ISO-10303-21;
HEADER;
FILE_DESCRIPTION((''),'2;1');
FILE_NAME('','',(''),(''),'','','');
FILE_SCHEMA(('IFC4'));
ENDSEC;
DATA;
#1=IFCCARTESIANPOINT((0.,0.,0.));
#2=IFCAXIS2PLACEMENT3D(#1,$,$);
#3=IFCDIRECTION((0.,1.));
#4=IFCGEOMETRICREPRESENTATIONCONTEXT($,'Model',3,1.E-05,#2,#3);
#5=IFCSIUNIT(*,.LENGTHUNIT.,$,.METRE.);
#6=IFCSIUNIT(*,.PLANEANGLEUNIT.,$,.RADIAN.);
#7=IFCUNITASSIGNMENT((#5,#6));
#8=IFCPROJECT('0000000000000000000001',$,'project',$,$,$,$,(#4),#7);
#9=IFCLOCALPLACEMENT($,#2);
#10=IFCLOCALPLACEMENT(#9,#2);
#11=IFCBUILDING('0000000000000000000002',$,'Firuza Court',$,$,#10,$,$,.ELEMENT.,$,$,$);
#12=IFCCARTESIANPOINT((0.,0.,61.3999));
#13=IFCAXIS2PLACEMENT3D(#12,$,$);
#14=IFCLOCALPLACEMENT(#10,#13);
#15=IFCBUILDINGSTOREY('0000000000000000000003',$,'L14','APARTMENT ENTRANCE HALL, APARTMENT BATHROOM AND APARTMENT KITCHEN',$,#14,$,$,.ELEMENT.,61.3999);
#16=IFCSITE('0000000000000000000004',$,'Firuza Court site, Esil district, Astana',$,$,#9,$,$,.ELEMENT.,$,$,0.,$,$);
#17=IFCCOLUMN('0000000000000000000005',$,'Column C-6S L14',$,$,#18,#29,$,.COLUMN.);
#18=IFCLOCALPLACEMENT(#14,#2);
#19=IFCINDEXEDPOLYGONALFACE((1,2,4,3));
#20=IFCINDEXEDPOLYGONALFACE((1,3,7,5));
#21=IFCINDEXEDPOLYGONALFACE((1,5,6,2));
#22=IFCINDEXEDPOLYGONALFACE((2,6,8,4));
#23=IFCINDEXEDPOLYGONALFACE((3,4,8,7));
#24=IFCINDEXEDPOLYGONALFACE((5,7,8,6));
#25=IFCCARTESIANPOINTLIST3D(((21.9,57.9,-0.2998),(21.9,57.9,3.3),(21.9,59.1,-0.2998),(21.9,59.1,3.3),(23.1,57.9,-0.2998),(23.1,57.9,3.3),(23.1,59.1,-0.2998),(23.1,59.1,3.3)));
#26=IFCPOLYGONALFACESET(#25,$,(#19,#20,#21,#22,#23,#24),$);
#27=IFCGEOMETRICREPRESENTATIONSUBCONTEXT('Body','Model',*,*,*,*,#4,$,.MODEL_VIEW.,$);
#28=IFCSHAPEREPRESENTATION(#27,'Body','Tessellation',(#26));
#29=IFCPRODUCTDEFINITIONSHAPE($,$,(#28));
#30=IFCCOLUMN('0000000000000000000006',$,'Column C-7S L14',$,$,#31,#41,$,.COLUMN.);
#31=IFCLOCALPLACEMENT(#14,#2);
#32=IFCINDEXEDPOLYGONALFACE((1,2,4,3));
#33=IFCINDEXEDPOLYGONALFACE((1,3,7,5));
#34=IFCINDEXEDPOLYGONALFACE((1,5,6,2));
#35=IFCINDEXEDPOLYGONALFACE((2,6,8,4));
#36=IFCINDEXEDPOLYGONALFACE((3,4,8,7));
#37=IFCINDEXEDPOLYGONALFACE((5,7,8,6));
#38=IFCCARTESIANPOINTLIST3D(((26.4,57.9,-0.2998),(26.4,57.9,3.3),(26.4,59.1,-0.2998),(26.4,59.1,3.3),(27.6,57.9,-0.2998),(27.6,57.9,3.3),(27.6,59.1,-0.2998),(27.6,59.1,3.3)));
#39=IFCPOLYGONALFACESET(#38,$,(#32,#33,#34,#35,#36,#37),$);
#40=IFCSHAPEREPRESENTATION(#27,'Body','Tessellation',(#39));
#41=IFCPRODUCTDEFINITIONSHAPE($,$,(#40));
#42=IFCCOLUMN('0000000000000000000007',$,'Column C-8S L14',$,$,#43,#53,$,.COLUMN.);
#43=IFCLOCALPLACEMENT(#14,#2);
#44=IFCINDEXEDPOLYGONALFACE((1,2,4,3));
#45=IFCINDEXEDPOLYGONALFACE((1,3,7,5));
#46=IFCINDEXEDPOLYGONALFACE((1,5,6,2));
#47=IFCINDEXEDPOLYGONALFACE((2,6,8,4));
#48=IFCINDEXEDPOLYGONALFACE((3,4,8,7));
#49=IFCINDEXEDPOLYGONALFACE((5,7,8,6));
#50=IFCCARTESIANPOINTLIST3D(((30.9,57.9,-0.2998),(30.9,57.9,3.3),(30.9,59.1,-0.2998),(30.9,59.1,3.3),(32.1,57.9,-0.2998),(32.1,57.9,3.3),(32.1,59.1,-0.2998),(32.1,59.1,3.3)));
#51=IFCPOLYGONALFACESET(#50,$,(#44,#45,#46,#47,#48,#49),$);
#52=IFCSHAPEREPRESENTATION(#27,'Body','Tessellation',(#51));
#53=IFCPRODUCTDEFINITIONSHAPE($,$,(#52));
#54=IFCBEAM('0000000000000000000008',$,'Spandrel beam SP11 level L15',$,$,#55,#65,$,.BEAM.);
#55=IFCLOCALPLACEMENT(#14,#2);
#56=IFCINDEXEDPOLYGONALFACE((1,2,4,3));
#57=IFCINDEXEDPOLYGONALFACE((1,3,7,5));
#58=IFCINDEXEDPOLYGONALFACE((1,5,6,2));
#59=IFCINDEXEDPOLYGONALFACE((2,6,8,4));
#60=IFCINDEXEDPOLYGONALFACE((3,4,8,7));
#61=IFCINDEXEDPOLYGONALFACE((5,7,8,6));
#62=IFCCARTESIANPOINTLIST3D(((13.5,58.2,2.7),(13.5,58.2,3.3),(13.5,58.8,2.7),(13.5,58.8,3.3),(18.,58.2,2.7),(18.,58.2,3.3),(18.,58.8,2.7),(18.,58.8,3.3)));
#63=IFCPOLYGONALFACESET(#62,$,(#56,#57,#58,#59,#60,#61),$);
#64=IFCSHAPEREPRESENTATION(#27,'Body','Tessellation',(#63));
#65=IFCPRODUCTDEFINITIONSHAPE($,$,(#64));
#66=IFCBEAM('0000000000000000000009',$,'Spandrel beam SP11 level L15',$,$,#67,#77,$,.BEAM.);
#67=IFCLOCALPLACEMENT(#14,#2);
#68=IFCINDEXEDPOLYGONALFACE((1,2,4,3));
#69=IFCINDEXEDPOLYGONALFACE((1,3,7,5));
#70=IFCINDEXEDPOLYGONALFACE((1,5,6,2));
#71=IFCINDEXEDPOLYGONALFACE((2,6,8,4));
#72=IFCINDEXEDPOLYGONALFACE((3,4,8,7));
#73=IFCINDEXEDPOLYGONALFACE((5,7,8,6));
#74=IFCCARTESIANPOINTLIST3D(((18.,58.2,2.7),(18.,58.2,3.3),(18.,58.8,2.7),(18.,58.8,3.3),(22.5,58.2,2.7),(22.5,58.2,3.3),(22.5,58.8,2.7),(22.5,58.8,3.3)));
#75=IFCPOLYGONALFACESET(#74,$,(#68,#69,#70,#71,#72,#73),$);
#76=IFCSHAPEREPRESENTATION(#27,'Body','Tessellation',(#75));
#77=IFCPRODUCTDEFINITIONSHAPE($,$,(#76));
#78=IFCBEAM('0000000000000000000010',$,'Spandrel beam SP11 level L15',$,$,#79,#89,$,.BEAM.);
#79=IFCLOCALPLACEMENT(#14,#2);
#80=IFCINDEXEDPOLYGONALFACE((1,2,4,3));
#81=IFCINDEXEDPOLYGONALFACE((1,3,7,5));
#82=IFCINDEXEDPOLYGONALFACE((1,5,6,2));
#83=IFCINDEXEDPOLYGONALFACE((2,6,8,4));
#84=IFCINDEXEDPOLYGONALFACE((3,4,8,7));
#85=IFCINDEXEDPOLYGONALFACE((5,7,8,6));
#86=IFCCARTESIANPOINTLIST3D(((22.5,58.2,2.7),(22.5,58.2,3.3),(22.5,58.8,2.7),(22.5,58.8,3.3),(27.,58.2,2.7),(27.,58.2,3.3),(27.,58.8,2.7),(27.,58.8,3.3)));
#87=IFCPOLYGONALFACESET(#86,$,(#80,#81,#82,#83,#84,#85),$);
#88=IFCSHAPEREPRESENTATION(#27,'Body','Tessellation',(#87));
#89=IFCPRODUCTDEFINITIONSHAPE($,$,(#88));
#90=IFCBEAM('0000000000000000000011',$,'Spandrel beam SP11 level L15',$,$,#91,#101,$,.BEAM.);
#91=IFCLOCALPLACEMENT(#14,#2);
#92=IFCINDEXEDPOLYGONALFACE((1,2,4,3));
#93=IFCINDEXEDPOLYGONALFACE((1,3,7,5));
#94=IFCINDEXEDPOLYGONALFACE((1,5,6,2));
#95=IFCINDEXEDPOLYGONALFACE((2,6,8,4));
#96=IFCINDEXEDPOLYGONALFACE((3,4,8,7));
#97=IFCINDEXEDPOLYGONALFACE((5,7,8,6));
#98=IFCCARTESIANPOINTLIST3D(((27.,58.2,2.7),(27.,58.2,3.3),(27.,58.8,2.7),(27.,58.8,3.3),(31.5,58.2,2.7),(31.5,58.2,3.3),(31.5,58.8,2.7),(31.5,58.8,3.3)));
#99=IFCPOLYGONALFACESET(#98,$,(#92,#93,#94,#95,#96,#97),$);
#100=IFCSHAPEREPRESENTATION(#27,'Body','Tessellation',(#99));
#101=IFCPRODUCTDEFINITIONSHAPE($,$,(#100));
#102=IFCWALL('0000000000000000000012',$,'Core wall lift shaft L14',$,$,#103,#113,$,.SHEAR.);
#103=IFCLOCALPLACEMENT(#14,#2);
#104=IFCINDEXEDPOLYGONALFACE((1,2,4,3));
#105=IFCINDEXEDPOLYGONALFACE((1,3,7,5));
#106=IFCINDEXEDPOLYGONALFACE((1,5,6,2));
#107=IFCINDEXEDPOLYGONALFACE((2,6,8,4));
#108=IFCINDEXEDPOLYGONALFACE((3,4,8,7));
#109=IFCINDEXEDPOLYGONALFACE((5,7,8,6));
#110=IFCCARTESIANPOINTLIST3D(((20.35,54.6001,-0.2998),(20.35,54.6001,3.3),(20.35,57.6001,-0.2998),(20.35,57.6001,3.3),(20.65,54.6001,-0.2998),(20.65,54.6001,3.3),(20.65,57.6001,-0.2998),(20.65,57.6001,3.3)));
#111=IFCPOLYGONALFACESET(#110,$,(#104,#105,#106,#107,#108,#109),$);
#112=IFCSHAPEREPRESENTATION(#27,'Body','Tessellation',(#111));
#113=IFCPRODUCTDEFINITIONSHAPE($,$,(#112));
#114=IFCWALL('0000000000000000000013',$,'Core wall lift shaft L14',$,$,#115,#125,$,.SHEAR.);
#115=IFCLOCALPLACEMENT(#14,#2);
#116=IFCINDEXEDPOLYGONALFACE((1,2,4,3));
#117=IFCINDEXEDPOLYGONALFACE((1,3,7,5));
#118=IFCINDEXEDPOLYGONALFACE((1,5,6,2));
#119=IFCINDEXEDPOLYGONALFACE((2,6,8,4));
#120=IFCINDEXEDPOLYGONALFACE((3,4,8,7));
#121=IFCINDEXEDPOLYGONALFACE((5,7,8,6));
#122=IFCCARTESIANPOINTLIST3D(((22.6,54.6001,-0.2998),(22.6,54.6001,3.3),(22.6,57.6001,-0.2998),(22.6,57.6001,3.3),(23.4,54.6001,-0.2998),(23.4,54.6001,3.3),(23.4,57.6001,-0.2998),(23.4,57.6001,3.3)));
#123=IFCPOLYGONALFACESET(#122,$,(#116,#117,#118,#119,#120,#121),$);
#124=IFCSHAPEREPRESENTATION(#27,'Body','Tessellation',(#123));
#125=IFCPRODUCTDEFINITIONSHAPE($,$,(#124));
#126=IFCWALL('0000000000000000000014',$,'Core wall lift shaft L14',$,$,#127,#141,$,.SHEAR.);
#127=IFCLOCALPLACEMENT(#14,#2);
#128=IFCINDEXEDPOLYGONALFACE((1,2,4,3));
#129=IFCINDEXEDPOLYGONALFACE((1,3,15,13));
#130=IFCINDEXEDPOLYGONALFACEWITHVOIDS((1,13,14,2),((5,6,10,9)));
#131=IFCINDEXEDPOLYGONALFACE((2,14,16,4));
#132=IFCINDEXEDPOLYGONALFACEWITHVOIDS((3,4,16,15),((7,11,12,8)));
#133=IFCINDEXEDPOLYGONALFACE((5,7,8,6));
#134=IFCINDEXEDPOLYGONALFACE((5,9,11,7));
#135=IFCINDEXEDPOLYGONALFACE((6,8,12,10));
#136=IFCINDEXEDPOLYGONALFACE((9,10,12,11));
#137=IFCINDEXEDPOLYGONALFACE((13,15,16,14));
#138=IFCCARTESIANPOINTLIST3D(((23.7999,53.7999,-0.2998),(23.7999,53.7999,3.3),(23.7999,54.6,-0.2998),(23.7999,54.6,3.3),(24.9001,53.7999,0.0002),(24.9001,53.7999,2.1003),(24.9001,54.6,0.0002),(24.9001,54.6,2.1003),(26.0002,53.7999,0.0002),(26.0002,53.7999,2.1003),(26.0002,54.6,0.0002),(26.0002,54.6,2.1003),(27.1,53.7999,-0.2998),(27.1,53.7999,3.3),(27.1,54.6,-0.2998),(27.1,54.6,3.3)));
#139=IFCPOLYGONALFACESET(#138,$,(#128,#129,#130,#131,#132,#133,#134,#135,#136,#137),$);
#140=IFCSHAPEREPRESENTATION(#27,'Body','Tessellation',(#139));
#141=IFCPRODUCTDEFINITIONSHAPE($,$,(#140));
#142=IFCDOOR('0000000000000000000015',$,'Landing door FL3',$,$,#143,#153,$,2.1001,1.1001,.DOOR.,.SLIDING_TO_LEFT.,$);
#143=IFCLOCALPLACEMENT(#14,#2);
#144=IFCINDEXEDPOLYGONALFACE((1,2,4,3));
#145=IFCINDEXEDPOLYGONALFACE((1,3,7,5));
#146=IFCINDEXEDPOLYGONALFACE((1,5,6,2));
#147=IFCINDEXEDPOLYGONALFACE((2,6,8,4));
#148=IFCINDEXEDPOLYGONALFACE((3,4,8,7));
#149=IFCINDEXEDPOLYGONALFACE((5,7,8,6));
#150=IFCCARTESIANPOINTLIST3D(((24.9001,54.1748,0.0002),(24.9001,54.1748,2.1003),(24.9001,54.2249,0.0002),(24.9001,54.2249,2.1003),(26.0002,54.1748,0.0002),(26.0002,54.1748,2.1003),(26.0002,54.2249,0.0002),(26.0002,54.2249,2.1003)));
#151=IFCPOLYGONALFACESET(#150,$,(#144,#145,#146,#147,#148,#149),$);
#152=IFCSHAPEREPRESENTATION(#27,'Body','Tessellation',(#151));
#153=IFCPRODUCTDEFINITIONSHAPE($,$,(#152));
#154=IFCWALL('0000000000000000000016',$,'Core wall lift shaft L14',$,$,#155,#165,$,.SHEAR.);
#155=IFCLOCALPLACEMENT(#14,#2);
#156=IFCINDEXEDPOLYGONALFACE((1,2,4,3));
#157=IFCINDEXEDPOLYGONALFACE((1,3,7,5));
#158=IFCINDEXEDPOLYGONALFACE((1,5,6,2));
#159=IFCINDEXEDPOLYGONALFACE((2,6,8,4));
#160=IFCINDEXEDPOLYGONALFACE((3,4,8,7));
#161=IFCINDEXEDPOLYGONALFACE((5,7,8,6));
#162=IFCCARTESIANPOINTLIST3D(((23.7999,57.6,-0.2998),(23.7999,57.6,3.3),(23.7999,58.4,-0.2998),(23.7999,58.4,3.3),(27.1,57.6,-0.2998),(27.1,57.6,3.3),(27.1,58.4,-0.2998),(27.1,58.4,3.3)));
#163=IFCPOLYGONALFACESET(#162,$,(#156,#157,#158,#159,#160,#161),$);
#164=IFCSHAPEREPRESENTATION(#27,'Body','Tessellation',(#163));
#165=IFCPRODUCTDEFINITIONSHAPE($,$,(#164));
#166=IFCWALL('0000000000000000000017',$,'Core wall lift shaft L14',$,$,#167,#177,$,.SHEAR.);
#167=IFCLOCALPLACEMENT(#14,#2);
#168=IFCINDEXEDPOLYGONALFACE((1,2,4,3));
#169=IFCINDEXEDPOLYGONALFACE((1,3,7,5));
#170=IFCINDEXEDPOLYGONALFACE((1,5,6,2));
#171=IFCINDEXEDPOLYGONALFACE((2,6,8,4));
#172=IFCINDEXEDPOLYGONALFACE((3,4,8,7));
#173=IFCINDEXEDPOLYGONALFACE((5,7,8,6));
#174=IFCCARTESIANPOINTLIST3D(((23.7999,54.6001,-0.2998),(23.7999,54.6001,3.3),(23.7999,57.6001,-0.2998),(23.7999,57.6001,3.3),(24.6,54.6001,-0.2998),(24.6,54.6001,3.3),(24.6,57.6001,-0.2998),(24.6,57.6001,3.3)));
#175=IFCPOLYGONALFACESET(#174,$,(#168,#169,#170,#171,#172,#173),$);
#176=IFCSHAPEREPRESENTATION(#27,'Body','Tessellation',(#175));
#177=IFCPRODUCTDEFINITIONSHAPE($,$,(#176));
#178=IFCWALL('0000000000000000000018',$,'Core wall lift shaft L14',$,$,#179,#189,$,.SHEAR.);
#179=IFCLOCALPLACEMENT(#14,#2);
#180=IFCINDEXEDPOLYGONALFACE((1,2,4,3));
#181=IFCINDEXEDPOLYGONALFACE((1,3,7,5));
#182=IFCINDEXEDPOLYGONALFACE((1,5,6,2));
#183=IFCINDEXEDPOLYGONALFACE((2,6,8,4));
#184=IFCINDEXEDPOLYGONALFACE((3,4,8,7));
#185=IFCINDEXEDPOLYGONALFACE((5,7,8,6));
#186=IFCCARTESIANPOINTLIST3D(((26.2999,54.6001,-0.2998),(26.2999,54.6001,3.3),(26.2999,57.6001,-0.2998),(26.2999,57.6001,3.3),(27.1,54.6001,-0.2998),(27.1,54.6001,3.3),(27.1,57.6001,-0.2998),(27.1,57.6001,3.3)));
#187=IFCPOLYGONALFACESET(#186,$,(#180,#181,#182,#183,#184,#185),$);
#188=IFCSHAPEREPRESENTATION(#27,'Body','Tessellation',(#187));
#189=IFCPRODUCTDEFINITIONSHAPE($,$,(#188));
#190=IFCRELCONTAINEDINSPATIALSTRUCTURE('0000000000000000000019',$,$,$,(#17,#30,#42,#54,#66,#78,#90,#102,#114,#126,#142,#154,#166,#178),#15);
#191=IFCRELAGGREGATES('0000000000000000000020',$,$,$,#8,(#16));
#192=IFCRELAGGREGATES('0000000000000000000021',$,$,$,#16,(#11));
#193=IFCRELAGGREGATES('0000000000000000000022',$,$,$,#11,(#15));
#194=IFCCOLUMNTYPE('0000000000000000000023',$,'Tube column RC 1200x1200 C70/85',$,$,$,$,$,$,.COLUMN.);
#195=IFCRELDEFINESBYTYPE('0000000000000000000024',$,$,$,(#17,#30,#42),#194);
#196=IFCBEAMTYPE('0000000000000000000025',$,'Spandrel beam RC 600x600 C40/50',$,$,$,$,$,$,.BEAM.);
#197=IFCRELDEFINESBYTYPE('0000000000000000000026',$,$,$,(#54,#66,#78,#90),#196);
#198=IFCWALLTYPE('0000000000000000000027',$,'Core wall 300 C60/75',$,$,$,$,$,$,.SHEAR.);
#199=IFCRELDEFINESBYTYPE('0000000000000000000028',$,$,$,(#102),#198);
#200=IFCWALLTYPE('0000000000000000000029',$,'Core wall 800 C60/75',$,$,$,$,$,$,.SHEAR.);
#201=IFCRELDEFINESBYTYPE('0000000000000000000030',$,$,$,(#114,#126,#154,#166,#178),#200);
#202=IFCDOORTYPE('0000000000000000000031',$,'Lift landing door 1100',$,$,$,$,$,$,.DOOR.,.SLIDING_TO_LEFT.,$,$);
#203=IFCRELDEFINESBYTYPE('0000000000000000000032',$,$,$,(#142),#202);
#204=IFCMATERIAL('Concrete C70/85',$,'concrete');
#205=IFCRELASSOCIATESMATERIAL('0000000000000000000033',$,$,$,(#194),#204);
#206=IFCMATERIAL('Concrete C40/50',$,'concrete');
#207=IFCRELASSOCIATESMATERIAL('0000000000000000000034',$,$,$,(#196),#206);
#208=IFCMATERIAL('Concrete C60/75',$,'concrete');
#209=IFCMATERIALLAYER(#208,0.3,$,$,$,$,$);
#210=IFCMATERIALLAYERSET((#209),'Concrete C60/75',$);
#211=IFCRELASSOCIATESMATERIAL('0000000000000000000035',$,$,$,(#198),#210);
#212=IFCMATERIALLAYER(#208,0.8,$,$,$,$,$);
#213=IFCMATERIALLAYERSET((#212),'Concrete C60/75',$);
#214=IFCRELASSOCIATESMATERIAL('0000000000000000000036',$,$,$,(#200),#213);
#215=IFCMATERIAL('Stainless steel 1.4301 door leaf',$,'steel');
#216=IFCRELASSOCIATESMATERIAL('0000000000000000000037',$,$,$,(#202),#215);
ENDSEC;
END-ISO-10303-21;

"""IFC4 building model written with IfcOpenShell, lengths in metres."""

from ifc_helpers import new_model, si_unit, direction, frame, frame_2d, origin, origin_2d, place, context, subcontext, project, spatial, rectangle, extrude, material, layer, layer_set, material_profile, profile_set, type_object, element, fill, save


model = new_model("IFC4")

# Units and contexts
model_context = context("Model", 3, precision=1e-05, world=origin(), true_north=direction((0.0, 1.0)))
body_context = subcontext(model_context, "Body", "Model", "MODEL_VIEW")
ifc_project = project(units=[si_unit("LENGTHUNIT", "METRE"), si_unit("PLANEANGLEUNIT", "RADIAN")], contexts=[model_context])

# Site, building, storey
site_placement = place(None, origin())
site = spatial("IfcSite", under=ifc_project, at=site_placement, Name="Firuza Court site, Esil district, Astana", CompositionType="ELEMENT", RefElevation=0.0)
building_placement = place(site_placement, origin())
building = spatial("IfcBuilding", under=site, at=building_placement, Name="Firuza Court", CompositionType="ELEMENT")
storey_placement = place(building_placement, frame((0.0, 0.0, 61.3999)))
storey = spatial("IfcBuildingStorey", under=building, at=storey_placement, Name="L14", Description="APARTMENT ENTRANCE HALL, APARTMENT BATHROOM AND APARTMENT KITCHEN", CompositionType="ELEMENT", Elevation=61.3999)

# Columns
ifc_material_1 = material(Name="Concrete C70/85", Category="concrete")
ifc_material_profile_1 = material_profile(ifc_material_1, rectangle(XDim=1.2, YDim=1.2, at=origin_2d()), Name="RC 1200x1200")
ifc_profile_set_1 = profile_set([ifc_material_profile_1], Name="Concrete C70/85")
column_type = type_object("IfcColumnType", Name="Tube column RC 1200x1200 C70/85", PredefinedType="COLUMN", material=ifc_profile_set_1)
for number, where, z_axis, x_axis, name in (
    (1, (22.5, 58.5, -0.2998), (0.0, 0.0, 1.0), (1.0, 0.0, 0.0), "Column C-6S L14"),
    (2, (27.0, 58.5, -0.2998), (0.0, 0.0, 1.0), (1.0, 0.0, 0.0), "Column C-7S L14"),
    (3, (31.5, 58.5, -0.2998), (0.0, 0.0, 1.0), (1.0, 0.0, 0.0), "Column C-8S L14"),
):
    element("IfcColumn", number, at=place(storey_placement, frame(where, z_axis=z_axis, x_axis=x_axis)), inside=storey, type_object=column_type, Name=name, PredefinedType="COLUMN", context=body_context, shape_type="SweptSolid", body=[
        extrude(rectangle(XDim=1.2, YDim=1.2, at=origin_2d()), origin(), (0.0, 0.0, 1.0), 3.5999),
    ])

# Beams
ifc_material_2 = material(Name="Concrete C40/50", Category="concrete")
ifc_material_profile_2 = material_profile(ifc_material_2, rectangle(XDim=0.6001, YDim=0.6001, at=origin_2d()), Name="RC 600x600")
ifc_profile_set_2 = profile_set([ifc_material_profile_2], Name="Concrete C40/50")
beam_type = type_object("IfcBeamType", Name="Spandrel beam RC 600x600 C40/50", PredefinedType="BEAM", material=ifc_profile_set_2)
for number, where, z_axis, x_axis, name in (
    (4, (18.0, 58.5, 3.0), (-1.0, 0.0, 0.0), (0.0, -1.0, 0.0), "Spandrel beam SP11 level L15"),
    (5, (22.5, 58.5, 3.0), (-1.0, 0.0, 0.0), (0.0, -1.0, 0.0), "Spandrel beam SP11 level L15"),
    (6, (27.0, 58.5, 3.0), (-1.0, 0.0, 0.0), (0.0, -1.0, 0.0), "Spandrel beam SP11 level L15"),
    (7, (31.5, 58.5, 3.0), (-1.0, 0.0, 0.0), (0.0, -1.0, 0.0), "Spandrel beam SP11 level L15"),
):
    element("IfcBeam", number, at=place(storey_placement, frame(where, z_axis=z_axis, x_axis=x_axis)), inside=storey, type_object=beam_type, Name=name, PredefinedType="BEAM", context=body_context, shape_type="SweptSolid", body=[
        extrude(rectangle(XDim=0.6001, YDim=0.6001, at=origin_2d()), origin(), (0.0, 0.0, 1.0), 4.5),
    ])

# Walls
ifc_material_3 = material(Name="Concrete C60/75", Category="concrete")
ifc_layer_1 = layer(ifc_material_3, 0.3)
ifc_layer_set_1 = layer_set([ifc_layer_1], Name="Concrete C60/75")
wall_type_1 = type_object("IfcWallType", Name="Core wall 300 C60/75", PredefinedType="SHEAR", material=ifc_layer_set_1)
wall_1_placement = place(storey_placement, frame((20.5, 54.6001, -0.2998), z_axis=(0.0, 0.0, 1.0), x_axis=(0.0, 1.0, 0.0)))
element("IfcWall", 8, at=wall_1_placement, inside=storey, type_object=wall_type_1, Name="Core wall lift shaft L14", PredefinedType="SHEAR", context=body_context, shape_type="SweptSolid", body=[
    extrude(rectangle(XDim=3.0, YDim=0.3, at=frame_2d((1.5, 0.0))), origin(), (0.0, 0.0, 1.0), 3.5999),
])
ifc_layer_2 = layer(ifc_material_3, 0.8)
ifc_layer_set_2 = layer_set([ifc_layer_2], Name="Concrete C60/75")
wall_type_2 = type_object("IfcWallType", Name="Core wall 800 C60/75", PredefinedType="SHEAR", material=ifc_layer_set_2)
wall_2_placement = place(storey_placement, frame((23.0, 54.6001, -0.2998), z_axis=(0.0, 0.0, 1.0), x_axis=(0.0, 1.0, 0.0)))
element("IfcWall", 9, at=wall_2_placement, inside=storey, type_object=wall_type_2, Name="Core wall lift shaft L14", PredefinedType="SHEAR", context=body_context, shape_type="SweptSolid", body=[
    extrude(rectangle(XDim=3.0, YDim=0.8, at=frame_2d((1.5, 0.0))), origin(), (0.0, 0.0, 1.0), 3.5999),
])

# Wall, opening, door
wall_3_placement = place(storey_placement, frame((23.8, 54.2, -0.2998), z_axis=(0.0, 0.0, 1.0), x_axis=(1.0, 0.0, 0.0)))
wall_3 = element("IfcWall", 10, at=wall_3_placement, inside=storey, type_object=wall_type_2, Name="Core wall lift shaft L14", PredefinedType="SHEAR", context=body_context, shape_type="SweptSolid", body=[
    extrude(rectangle(XDim=3.3, YDim=0.8, at=frame_2d((1.6499, 0.0))), origin(), (0.0, 0.0, 1.0), 3.5999),
])
opening_1_placement = place(wall_3_placement, frame((1.1001, 0.0, 0.3)))
opening_1 = element("IfcOpeningElement", 11, at=opening_1_placement, cuts=wall_3, PredefinedType="OPENING", context=body_context, shape_type="SweptSolid", body=[
    extrude(rectangle(XDim=1.1001, YDim=2.1001, at=frame_2d((0.55, 1.05))), frame((0.0, 0.4121, 0.0), z_axis=(0.0, -1.0, 0.0), x_axis=(1.0, 0.0, 0.0)), (0.0, 0.0, 1.0), 0.824),
])
ifc_material_4 = material(Name="Stainless steel 1.4301 door leaf", Category="steel")
door_type_1 = type_object("IfcDoorType", Name="Lift landing door 1100", OperationType="SLIDING_TO_LEFT", PredefinedType="DOOR", material=ifc_material_4)
door_1_placement = place(opening_1_placement, origin())
door_1 = element("IfcDoor", 12, at=door_1_placement, inside=storey, type_object=door_type_1, Name="Landing door FL3", OperationType="SLIDING_TO_LEFT", OverallHeight=2.1001, OverallWidth=1.1001, PredefinedType="DOOR", context=body_context, shape_type="SweptSolid", body=[
    extrude(rectangle(XDim=1.1001, YDim=2.1001, at=frame_2d((0.55, 1.05))), frame((0.0, 0.0249, 0.0), z_axis=(0.0, -1.0, 0.0), x_axis=(1.0, 0.0, 0.0)), (0.0, 0.0, 1.0), 0.05),
])
fill(opening_1, door_1)

# Walls
wall_4_placement = place(storey_placement, frame((23.8, 58.0, -0.2998), z_axis=(0.0, 0.0, 1.0), x_axis=(1.0, 0.0, 0.0)))
element("IfcWall", 13, at=wall_4_placement, inside=storey, type_object=wall_type_2, Name="Core wall lift shaft L14", PredefinedType="SHEAR", context=body_context, shape_type="SweptSolid", body=[
    extrude(rectangle(XDim=3.3, YDim=0.8, at=frame_2d((1.6499, 0.0))), origin(), (0.0, 0.0, 1.0), 3.5999),
])
for number, where, z_axis, x_axis, name in (
    (14, (24.2, 54.6001, -0.2998), (0.0, 0.0, 1.0), (0.0, 1.0, 0.0), "Core wall lift shaft L14"),
    (15, (26.7, 54.6001, -0.2998), (0.0, 0.0, 1.0), (0.0, 1.0, 0.0), "Core wall lift shaft L14"),
):
    element("IfcWall", number, at=place(storey_placement, frame(where, z_axis=z_axis, x_axis=x_axis)), inside=storey, type_object=wall_type_2, Name=name, PredefinedType="SHEAR", context=body_context, shape_type="SweptSolid", body=[
        extrude(rectangle(XDim=3.0, YDim=0.8, at=frame_2d((1.5, 0.0))), origin(), (0.0, 0.0, 1.0), 3.5999),
    ])

save(model, "model.ifc")
